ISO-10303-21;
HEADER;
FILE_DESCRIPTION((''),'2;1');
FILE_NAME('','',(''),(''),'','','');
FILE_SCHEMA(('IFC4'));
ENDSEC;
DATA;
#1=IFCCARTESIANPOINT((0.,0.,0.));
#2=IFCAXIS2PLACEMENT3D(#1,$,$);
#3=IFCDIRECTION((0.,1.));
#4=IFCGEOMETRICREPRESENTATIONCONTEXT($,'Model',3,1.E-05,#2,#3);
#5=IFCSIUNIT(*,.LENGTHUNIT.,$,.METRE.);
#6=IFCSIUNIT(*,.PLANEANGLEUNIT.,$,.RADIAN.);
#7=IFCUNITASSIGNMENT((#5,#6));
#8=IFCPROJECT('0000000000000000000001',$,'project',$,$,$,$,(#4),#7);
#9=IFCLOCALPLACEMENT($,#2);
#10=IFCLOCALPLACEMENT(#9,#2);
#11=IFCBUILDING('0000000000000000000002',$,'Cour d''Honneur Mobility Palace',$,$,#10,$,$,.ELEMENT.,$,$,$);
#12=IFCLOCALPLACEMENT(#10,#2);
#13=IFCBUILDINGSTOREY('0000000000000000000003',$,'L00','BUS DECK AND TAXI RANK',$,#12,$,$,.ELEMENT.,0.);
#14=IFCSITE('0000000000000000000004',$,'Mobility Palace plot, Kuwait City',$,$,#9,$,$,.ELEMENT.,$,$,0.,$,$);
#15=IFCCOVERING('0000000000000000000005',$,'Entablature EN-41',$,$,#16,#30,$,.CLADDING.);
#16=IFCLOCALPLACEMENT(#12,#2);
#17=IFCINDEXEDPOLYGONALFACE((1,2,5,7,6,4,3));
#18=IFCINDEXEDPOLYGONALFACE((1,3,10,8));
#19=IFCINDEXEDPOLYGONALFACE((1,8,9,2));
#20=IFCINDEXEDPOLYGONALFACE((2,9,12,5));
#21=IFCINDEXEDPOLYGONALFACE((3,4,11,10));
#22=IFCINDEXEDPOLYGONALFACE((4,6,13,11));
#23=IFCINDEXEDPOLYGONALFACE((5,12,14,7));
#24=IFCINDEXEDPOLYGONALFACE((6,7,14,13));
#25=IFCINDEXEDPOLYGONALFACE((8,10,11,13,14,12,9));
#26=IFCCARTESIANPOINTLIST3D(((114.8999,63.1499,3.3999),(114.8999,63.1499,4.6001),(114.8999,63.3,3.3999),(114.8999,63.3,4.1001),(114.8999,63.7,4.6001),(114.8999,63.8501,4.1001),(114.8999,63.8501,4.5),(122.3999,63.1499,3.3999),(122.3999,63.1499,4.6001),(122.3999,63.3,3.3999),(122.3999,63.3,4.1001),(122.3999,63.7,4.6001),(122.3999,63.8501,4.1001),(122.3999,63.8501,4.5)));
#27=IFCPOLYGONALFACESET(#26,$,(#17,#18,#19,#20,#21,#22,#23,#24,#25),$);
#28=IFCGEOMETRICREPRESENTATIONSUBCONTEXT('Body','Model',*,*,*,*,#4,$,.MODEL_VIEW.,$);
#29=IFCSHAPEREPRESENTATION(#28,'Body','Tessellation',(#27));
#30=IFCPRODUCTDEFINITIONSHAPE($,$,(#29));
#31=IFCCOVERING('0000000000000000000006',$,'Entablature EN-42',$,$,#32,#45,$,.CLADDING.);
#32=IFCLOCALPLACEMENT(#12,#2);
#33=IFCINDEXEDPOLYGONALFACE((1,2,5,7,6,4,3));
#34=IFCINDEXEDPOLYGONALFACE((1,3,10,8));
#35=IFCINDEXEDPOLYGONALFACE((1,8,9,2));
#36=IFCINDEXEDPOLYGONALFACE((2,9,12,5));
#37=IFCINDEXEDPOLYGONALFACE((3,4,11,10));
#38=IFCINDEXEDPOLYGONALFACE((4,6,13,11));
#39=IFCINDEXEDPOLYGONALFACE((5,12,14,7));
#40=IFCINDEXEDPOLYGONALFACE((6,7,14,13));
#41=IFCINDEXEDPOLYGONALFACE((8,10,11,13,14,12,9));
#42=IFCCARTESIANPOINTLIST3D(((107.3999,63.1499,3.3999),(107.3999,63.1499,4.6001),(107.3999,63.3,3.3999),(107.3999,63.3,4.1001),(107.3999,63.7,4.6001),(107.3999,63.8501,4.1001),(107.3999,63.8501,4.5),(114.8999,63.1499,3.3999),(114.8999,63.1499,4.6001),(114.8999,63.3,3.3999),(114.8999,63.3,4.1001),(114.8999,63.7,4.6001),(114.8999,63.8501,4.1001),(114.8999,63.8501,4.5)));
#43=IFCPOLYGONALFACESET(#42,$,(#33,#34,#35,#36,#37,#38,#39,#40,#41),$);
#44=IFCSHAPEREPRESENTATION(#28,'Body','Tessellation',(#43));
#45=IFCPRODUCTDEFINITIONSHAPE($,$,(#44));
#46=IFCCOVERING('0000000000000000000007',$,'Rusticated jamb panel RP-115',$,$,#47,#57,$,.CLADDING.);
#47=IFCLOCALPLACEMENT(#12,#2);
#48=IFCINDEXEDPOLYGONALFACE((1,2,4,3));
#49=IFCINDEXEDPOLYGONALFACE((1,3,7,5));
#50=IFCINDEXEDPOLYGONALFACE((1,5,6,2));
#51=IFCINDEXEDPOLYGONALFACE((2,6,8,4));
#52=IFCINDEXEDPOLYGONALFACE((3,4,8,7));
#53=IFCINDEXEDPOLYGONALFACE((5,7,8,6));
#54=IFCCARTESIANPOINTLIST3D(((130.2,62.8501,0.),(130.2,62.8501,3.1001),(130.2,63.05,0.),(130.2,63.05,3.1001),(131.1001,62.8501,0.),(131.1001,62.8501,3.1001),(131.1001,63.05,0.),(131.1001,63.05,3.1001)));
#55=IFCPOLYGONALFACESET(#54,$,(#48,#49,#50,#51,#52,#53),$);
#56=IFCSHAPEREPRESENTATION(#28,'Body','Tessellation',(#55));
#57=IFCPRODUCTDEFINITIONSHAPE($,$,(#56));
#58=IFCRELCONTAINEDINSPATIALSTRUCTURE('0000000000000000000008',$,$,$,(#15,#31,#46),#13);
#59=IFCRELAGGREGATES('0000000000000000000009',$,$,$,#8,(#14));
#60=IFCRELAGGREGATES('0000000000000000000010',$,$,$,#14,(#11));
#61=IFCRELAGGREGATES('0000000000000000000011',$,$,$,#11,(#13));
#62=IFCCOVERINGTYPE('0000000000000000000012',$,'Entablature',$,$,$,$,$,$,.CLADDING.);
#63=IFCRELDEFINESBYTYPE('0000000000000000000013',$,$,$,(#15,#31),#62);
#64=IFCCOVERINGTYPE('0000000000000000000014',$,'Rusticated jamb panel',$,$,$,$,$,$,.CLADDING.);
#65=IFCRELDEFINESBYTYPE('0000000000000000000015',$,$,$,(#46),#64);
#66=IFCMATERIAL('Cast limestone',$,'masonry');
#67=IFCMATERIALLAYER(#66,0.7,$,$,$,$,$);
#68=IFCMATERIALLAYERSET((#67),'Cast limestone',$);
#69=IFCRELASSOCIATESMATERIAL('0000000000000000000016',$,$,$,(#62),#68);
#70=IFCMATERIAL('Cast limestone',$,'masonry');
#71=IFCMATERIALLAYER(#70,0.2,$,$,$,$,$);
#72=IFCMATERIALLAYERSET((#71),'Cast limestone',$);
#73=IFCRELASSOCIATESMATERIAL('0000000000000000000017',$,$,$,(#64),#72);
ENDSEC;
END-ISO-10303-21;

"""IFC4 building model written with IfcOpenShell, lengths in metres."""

from ifc_helpers import new_model, si_unit, direction, frame, origin, place, context, subcontext, project, spatial, polyline, outline, extrude, material, layer, layer_set, type_object, element, save


model = new_model("IFC4")

# Units and contexts
model_context = context("Model", 3, precision=1e-05, world=origin(), true_north=direction((0.0, 1.0)))
body_context = subcontext(model_context, "Body", "Model", "MODEL_VIEW")
ifc_project = project(units=[si_unit("LENGTHUNIT", "METRE"), si_unit("PLANEANGLEUNIT", "RADIAN")], contexts=[model_context])

# Site, building, storey
site_placement = place(None, origin())
site = spatial("IfcSite", under=ifc_project, at=site_placement, Name="Mobility Palace plot, Kuwait City", CompositionType="ELEMENT", RefElevation=0.0)
building_placement = place(site_placement, origin())
building = spatial("IfcBuilding", under=site, at=building_placement, Name="Cour d'Honneur Mobility Palace", CompositionType="ELEMENT")
storey_placement = place(building_placement, origin())
storey = spatial("IfcBuildingStorey", under=building, at=storey_placement, Name="L00", Description="BUS DECK AND TAXI RANK", CompositionType="ELEMENT", Elevation=0.0)

# Coverings
ifc_material_1 = material(Name="Cast limestone", Category="masonry")
ifc_layer_1 = layer(ifc_material_1, 0.7)
ifc_layer_set_1 = layer_set([ifc_layer_1], Name="Cast limestone")
covering_type_1 = type_object("IfcCoveringType", Name="Entablature", PredefinedType="CLADDING", material=ifc_layer_set_1)
for number, where, z_axis, x_axis, name in (
    (1, (122.3999, 63.1499, 3.3999), (1.0, 0.0, 0.0), (0.0, 1.0, 0.0), "Entablature EN-41"),
    (2, (114.8999, 63.1499, 3.3999), (1.0, 0.0, 0.0), (0.0, 1.0, 0.0), "Entablature EN-42"),
):
    element("IfcCovering", number, at=place(storey_placement, frame(where, z_axis=z_axis, x_axis=x_axis)), inside=storey, type_object=covering_type_1, Name=name, PredefinedType="CLADDING", context=body_context, shape_type="SweptSolid", body=[
        extrude(outline(polyline([(0.0, 0.0), (0.1501, 0.0), (0.1501, 0.7002), (0.7002, 0.7002), (0.7002, 1.1001), (0.55, 1.2002), (0.0, 1.2002), (0.0, 0.0)])), origin(), (0.0, 0.0, -1.0), 7.5),
    ])
ifc_material_2 = material(Name="Cast limestone", Category="masonry")
ifc_layer_2 = layer(ifc_material_2, 0.2)
ifc_layer_set_2 = layer_set([ifc_layer_2], Name="Cast limestone")
covering_type_2 = type_object("IfcCoveringType", Name="Rusticated jamb panel", PredefinedType="CLADDING", material=ifc_layer_set_2)
covering_placement = place(storey_placement, frame((131.1001, 63.05, 0.0), z_axis=(0.0, 1.0, 0.0), x_axis=(-1.0, 0.0, 0.0)))
element("IfcCovering", 3, at=covering_placement, inside=storey, type_object=covering_type_2, Name="Rusticated jamb panel RP-115", PredefinedType="CLADDING", context=body_context, shape_type="SweptSolid", body=[
    extrude(outline(polyline([(0.0, 0.0), (0.9001, 0.0), (0.9001, 3.1001), (0.0, 3.1001), (0.0, 0.0)])), origin(), (0.0, 0.0, -1.0), 0.2),
])

save(model, "model.ifc")
